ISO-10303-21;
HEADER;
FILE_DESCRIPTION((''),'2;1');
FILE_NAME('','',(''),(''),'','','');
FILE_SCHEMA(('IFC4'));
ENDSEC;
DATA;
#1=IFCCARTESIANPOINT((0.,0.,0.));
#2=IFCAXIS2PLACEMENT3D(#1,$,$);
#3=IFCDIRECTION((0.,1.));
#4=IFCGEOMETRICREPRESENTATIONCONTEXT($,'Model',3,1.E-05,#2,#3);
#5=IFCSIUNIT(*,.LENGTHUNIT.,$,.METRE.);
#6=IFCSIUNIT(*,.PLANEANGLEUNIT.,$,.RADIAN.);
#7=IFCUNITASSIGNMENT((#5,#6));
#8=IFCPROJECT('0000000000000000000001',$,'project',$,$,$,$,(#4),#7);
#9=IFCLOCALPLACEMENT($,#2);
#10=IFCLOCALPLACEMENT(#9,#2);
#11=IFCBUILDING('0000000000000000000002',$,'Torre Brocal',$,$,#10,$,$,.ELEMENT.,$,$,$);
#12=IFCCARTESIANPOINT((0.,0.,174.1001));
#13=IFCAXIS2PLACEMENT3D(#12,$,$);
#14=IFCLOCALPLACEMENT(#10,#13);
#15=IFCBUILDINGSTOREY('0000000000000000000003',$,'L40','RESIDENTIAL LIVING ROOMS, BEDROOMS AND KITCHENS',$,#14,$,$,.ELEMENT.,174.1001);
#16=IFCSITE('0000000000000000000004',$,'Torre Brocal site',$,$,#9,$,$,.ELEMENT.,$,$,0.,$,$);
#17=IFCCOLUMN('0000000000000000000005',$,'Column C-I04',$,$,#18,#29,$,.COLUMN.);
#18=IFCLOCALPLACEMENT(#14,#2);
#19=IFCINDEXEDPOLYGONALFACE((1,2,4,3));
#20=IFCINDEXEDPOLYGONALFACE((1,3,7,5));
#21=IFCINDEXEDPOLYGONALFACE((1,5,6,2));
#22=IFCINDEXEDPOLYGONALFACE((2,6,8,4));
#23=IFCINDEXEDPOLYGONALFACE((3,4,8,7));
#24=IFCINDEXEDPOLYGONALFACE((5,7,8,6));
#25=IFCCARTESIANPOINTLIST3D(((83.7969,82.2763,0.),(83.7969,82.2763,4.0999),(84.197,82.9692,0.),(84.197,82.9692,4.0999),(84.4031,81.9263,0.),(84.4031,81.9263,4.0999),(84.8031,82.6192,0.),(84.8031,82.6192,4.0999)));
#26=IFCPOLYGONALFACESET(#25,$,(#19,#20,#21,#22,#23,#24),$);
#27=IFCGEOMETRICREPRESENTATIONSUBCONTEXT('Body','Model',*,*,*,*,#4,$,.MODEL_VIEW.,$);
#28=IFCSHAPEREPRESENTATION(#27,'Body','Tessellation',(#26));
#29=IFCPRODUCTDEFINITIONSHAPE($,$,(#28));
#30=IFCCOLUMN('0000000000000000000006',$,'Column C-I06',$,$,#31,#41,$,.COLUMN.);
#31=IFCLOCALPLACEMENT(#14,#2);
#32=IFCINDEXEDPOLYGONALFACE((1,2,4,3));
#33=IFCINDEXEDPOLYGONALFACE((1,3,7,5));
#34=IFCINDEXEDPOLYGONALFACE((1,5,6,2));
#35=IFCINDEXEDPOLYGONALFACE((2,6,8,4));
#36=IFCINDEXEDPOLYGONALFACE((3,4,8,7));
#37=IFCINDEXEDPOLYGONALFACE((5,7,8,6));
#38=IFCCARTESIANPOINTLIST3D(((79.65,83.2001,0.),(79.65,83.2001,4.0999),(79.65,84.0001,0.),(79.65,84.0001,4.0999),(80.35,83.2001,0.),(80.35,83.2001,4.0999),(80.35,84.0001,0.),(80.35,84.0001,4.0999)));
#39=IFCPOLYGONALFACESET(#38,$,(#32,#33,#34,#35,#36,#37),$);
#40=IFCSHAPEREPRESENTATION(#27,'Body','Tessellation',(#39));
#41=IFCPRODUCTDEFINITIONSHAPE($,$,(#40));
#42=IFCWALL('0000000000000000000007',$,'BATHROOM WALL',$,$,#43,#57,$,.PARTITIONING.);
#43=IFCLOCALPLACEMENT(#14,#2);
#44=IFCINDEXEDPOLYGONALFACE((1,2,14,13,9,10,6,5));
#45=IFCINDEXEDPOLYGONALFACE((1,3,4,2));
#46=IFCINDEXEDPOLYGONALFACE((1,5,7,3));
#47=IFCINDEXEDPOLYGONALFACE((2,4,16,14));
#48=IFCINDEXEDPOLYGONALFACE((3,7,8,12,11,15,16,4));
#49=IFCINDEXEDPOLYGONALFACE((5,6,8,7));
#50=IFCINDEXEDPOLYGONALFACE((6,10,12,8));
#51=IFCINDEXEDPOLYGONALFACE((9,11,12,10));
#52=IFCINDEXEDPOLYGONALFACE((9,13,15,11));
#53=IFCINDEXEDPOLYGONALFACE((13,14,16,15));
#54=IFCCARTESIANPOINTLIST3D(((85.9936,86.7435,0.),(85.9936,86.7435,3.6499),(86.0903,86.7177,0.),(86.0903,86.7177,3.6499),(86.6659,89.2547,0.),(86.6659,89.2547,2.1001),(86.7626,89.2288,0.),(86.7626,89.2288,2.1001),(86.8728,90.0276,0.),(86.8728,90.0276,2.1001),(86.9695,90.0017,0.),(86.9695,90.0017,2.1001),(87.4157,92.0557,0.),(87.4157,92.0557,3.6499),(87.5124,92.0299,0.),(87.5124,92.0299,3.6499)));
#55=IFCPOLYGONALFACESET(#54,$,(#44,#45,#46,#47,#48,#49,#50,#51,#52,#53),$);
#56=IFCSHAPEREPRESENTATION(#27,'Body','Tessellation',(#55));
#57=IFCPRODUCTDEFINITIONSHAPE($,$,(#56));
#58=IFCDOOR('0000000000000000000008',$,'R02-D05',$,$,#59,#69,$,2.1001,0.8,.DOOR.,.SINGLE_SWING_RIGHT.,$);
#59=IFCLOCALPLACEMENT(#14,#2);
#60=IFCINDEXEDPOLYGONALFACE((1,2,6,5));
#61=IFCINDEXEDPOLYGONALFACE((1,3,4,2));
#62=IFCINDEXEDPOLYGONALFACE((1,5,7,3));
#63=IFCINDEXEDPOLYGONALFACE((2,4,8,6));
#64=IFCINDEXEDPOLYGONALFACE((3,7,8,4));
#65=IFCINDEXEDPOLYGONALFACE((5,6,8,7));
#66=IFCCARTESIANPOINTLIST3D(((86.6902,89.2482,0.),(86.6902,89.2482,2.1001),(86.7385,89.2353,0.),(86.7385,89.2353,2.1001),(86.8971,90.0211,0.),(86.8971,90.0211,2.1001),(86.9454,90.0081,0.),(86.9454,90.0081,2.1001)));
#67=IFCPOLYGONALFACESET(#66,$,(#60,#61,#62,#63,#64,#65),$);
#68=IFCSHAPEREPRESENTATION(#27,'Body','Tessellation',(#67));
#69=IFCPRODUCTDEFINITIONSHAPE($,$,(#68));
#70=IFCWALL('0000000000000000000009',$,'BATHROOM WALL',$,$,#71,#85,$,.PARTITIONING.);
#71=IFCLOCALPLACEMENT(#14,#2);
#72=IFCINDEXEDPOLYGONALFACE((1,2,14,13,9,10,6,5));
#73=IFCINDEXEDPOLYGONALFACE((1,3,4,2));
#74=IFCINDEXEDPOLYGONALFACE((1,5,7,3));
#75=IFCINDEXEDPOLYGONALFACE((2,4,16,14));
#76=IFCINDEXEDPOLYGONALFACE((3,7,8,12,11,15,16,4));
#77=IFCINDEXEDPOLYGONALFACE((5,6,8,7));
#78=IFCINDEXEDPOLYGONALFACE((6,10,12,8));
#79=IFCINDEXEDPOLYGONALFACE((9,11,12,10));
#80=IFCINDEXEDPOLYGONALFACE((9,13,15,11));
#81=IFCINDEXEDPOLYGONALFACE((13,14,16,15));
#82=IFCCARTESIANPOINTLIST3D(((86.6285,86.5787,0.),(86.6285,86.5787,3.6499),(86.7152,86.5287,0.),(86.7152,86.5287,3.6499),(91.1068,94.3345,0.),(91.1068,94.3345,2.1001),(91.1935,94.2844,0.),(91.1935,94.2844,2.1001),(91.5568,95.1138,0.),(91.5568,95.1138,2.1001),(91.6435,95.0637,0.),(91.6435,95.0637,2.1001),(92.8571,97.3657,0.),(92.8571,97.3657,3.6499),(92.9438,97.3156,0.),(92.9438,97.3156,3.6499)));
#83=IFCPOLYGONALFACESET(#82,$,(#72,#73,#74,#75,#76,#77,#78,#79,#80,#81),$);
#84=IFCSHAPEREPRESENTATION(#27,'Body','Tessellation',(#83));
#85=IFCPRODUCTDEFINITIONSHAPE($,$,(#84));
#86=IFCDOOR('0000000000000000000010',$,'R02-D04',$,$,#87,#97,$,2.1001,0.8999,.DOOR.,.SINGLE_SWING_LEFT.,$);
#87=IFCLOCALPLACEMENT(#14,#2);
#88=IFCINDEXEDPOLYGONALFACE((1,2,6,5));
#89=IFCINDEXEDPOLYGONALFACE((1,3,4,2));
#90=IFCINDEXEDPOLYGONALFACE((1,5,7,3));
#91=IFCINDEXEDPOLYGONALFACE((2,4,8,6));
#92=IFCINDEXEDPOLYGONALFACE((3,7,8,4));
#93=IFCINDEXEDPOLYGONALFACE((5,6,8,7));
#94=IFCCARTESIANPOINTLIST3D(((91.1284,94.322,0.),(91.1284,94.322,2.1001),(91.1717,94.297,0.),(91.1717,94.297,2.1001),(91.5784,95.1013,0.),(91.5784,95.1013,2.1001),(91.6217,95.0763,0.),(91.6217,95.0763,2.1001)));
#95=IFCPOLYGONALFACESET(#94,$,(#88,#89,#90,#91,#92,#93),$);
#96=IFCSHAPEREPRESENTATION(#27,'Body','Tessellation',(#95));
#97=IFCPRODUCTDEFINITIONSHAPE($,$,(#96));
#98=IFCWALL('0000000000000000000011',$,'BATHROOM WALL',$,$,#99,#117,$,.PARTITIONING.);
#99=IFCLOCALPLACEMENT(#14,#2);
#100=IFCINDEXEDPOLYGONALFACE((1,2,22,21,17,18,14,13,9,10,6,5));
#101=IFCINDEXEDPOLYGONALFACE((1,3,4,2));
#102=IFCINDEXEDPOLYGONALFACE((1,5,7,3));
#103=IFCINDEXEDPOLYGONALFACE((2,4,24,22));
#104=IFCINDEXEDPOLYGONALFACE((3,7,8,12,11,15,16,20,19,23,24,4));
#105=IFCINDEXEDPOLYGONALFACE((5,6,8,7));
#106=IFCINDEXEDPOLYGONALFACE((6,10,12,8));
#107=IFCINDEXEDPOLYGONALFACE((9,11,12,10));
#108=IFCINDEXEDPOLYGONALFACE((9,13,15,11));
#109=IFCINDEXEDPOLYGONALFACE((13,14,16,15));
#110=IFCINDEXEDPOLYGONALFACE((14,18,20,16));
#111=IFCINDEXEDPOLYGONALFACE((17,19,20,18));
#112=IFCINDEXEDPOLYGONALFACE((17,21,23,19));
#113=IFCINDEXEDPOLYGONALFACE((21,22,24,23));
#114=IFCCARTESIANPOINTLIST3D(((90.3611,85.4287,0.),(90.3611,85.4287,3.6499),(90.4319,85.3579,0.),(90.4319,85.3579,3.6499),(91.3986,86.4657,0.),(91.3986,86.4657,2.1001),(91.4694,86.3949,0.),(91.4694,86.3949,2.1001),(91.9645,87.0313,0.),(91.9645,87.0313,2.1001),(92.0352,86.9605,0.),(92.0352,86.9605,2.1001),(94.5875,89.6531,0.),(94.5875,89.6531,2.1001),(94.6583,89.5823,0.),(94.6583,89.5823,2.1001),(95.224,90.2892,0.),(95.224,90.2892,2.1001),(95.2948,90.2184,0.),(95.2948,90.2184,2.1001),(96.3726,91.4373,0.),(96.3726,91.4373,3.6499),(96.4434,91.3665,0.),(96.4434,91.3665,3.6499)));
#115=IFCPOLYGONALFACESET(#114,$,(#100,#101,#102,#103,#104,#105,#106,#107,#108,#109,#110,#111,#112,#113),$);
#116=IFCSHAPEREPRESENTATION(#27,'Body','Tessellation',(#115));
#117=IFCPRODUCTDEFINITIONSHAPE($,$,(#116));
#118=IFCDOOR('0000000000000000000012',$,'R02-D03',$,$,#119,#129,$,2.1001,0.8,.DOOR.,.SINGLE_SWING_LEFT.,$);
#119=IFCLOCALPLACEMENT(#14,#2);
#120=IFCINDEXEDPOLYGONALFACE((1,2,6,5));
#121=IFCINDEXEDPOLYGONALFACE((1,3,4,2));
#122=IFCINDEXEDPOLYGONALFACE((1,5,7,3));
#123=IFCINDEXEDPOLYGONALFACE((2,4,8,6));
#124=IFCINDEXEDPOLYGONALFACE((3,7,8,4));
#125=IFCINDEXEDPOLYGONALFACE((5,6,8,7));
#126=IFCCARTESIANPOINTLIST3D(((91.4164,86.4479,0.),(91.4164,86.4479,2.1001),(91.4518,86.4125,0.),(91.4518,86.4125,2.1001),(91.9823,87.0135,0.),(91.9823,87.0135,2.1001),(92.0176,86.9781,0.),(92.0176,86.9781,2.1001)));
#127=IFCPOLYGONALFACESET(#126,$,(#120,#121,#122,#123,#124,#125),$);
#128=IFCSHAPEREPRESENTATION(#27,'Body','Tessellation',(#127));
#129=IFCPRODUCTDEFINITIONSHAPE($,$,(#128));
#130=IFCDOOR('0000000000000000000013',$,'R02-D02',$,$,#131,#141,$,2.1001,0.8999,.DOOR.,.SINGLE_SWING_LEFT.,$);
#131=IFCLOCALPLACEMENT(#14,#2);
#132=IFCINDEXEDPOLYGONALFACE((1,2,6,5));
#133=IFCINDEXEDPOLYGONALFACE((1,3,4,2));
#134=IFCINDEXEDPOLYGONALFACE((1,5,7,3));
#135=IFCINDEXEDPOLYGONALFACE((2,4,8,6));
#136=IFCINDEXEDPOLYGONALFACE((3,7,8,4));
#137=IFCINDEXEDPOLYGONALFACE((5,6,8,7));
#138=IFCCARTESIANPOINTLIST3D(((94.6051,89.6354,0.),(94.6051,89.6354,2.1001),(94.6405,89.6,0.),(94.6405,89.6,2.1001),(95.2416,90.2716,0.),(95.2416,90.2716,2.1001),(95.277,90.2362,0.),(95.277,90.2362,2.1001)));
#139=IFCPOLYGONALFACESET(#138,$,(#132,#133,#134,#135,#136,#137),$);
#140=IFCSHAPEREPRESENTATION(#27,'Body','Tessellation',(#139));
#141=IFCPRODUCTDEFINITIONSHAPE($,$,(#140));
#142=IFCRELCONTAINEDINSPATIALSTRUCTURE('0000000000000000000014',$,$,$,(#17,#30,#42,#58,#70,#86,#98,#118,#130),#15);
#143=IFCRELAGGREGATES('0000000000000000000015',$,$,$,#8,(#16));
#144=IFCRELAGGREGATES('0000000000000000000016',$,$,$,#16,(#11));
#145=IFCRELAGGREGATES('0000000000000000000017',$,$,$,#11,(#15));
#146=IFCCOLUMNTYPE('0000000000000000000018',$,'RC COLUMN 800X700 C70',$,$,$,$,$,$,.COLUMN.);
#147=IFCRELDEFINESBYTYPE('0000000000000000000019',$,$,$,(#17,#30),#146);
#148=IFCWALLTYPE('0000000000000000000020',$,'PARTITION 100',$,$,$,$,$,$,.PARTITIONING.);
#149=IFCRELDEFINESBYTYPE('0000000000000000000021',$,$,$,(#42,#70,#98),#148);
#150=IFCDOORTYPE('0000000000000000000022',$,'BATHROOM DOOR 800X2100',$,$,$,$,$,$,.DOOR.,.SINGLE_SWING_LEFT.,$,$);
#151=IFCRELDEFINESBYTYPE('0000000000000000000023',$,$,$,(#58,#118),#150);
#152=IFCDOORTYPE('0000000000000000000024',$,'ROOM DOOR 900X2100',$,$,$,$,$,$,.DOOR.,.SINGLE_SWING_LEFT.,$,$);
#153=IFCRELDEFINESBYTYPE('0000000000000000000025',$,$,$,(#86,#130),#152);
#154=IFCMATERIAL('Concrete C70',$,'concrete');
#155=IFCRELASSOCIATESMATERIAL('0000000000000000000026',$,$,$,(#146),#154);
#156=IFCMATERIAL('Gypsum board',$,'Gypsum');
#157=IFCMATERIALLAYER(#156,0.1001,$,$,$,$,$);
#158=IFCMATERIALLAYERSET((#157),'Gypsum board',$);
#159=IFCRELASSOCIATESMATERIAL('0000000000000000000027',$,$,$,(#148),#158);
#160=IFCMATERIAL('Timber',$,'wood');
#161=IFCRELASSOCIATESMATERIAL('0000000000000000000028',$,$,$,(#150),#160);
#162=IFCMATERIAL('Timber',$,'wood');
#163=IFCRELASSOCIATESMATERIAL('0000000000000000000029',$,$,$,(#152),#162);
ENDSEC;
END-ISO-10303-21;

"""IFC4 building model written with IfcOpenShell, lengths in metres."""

from ifc_helpers import new_model, si_unit, direction, frame, frame_2d, origin, origin_2d, place, context, subcontext, project, spatial, rectangle, extrude, material, layer, layer_set, material_profile, profile_set, type_object, element, fill, save


model = new_model("IFC4")

# Units and contexts
model_context = context("Model", 3, precision=1e-05, world=origin(), true_north=direction((0.0, 1.0)))
body_context = subcontext(model_context, "Body", "Model", "MODEL_VIEW")
ifc_project = project(units=[si_unit("LENGTHUNIT", "METRE"), si_unit("PLANEANGLEUNIT", "RADIAN")], contexts=[model_context])

# Site, building, storey
site_placement = place(None, origin())
site = spatial("IfcSite", under=ifc_project, at=site_placement, Name="Torre Brocal site", CompositionType="ELEMENT", RefElevation=0.0)
building_placement = place(site_placement, origin())
building = spatial("IfcBuilding", under=site, at=building_placement, Name="Torre Brocal", CompositionType="ELEMENT")
storey_placement = place(building_placement, frame((0.0, 0.0, 174.1001)))
storey = spatial("IfcBuildingStorey", under=building, at=storey_placement, Name="L40", Description="RESIDENTIAL LIVING ROOMS, BEDROOMS AND KITCHENS", CompositionType="ELEMENT", Elevation=174.1001)

# Columns
ifc_material_1 = material(Name="Concrete C70", Category="concrete")
ifc_material_profile = material_profile(ifc_material_1, rectangle(XDim=0.8, YDim=0.7, at=origin_2d()), Name="RC 800X700")
ifc_profile_set = profile_set([ifc_material_profile], Name="Concrete C70")
column_type = type_object("IfcColumnType", Name="RC COLUMN 800X700 C70", PredefinedType="COLUMN", material=ifc_profile_set)
for number, where, z_axis, x_axis, name in (
    (1, (84.3, 82.4478, 0.0), (0.0, 0.0, 1.0), (0.5, 0.866025, 0.0), "Column C-I04"),
    (2, (80.0, 83.6001, 0.0), (0.0, 0.0, 1.0), (0.0, 1.0, 0.0), "Column C-I06"),
):
    element("IfcColumn", number, at=place(storey_placement, frame(where, z_axis=z_axis, x_axis=x_axis)), inside=storey, type_object=column_type, Name=name, PredefinedType="COLUMN", context=body_context, shape_type="SweptSolid", body=[
        extrude(rectangle(XDim=0.8, YDim=0.7, at=origin_2d()), origin(), (0.0, 0.0, 1.0), 4.0999),
    ])

# Walls, openings, doors
ifc_material_2 = material(Name="Gypsum board", Category="Gypsum")
ifc_layer_1 = layer(ifc_material_2, 0.1001)
ifc_layer_set_1 = layer_set([ifc_layer_1], Name="Gypsum board")
wall_type_1 = type_object("IfcWallType", Name="PARTITION 100", PredefinedType="PARTITIONING", material=ifc_layer_set_1)
wall_1_placement = place(storey_placement, frame((86.042, 86.7307, 0.0), z_axis=(0.0, 0.0, 1.0), x_axis=(0.258599, 0.965985, 0.0)))
wall_1 = element("IfcWall", 3, at=wall_1_placement, inside=storey, type_object=wall_type_1, Name="BATHROOM WALL", PredefinedType="PARTITIONING", context=body_context, shape_type="SweptSolid", body=[
    extrude(rectangle(XDim=5.4993, YDim=0.1001, at=frame_2d((2.7495, 0.0))), origin(), (0.0, 0.0, 1.0), 3.6499),
])
opening_1_placement = place(wall_1_placement, frame((2.5996, 0.0, 0.0)))
opening_1 = element("IfcOpeningElement", 4, at=opening_1_placement, cuts=wall_1, PredefinedType="OPENING", context=body_context, shape_type="SweptSolid", body=[
    extrude(rectangle(XDim=0.8, YDim=2.1001, at=frame_2d((0.3999, 1.05))), frame((0.0, 0.0601, 0.0), z_axis=(0.0, -1.0, 0.0), x_axis=(1.0, 0.0, 0.0)), (0.0, 0.0, 1.0), 0.1201),
])
ifc_material_3 = material(Name="Timber", Category="wood")
door_type_1 = type_object("IfcDoorType", Name="BATHROOM DOOR 800X2100", OperationType="SINGLE_SWING_LEFT", PredefinedType="DOOR", material=ifc_material_3)
door_1_placement = place(opening_1_placement, origin())
door_1 = element("IfcDoor", 5, at=door_1_placement, inside=storey, type_object=door_type_1, Name="R02-D05", OperationType="SINGLE_SWING_RIGHT", OverallHeight=2.1001, OverallWidth=0.8, PredefinedType="DOOR", context=body_context, shape_type="SweptSolid", body=[
    extrude(rectangle(XDim=0.8, YDim=2.1001, at=frame_2d((0.3999, 1.05))), frame((0.0, 0.0249, 0.0), z_axis=(0.0, -1.0, 0.0), x_axis=(1.0, 0.0, 0.0)), (0.0, 0.0, 1.0), 0.05),
])
fill(opening_1, door_1)
wall_2_placement = place(storey_placement, frame((86.6719, 86.5537, 0.0), z_axis=(0.0, 0.0, 1.0), x_axis=(0.500043, 0.866001, 0.0)))
wall_2 = element("IfcWall", 6, at=wall_2_placement, inside=storey, type_object=wall_type_1, Name="BATHROOM WALL", PredefinedType="PARTITIONING", context=body_context, shape_type="SweptSolid", body=[
    extrude(rectangle(XDim=12.4561, YDim=0.1001, at=frame_2d((6.228, 0.0))), origin(), (0.0, 0.0, 1.0), 3.6499),
])
opening_2_placement = place(wall_2_placement, frame((8.9558, 0.0, 0.0)))
opening_2 = element("IfcOpeningElement", 7, at=opening_2_placement, cuts=wall_2, PredefinedType="OPENING", context=body_context, shape_type="SweptSolid", body=[
    extrude(rectangle(XDim=0.8999, YDim=2.1001, at=frame_2d((0.45, 1.05))), frame((0.0, 0.0601, 0.0), z_axis=(0.0, -1.0, 0.0), x_axis=(1.0, 0.0, 0.0)), (0.0, 0.0, 1.0), 0.1201),
])
ifc_material_4 = material(Name="Timber", Category="wood")
door_type_2 = type_object("IfcDoorType", Name="ROOM DOOR 900X2100", OperationType="SINGLE_SWING_LEFT", PredefinedType="DOOR", material=ifc_material_4)
door_2_placement = place(opening_2_placement, frame((0.8999, 0.0, 0.0), z_axis=(0.0, 0.0, 1.0), x_axis=(-1.0, 0.0, 0.0)))
door_2 = element("IfcDoor", 8, at=door_2_placement, inside=storey, type_object=door_type_2, Name="R02-D04", OperationType="SINGLE_SWING_LEFT", OverallHeight=2.1001, OverallWidth=0.8999, PredefinedType="DOOR", context=body_context, shape_type="SweptSolid", body=[
    extrude(rectangle(XDim=0.8999, YDim=2.1001, at=frame_2d((0.45, 1.05))), frame((0.0, 0.0249, 0.0), z_axis=(0.0, -1.0, 0.0), x_axis=(1.0, 0.0, 0.0)), (0.0, 0.0, 1.0), 0.05),
])
fill(opening_2, door_2)

# Wall, openings, doors
wall_3_placement = place(storey_placement, frame((90.3965, 85.3933, 0.0), z_axis=(0.0, 0.0, 1.0), x_axis=(0.707279, 0.706934, 0.0)))
wall_3 = element("IfcWall", 9, at=wall_3_placement, inside=storey, type_object=wall_type_1, Name="BATHROOM WALL", PredefinedType="PARTITIONING", context=body_context, shape_type="SweptSolid", body=[
    extrude(rectangle(XDim=8.4995, YDim=0.1001, at=frame_2d((4.2498, 0.0))), origin(), (0.0, 0.0, 1.0), 3.6499),
])
opening_3_placement = place(wall_3_placement, frame((5.9756, 0.0, 0.0)))
opening_3 = element("IfcOpeningElement", 10, at=opening_3_placement, cuts=wall_3, PredefinedType="OPENING", context=body_context, shape_type="SweptSolid", body=[
    extrude(rectangle(XDim=0.8999, YDim=2.1001, at=frame_2d((0.45, 1.05))), frame((0.0, 0.0601, 0.0), z_axis=(0.0, -1.0, 0.0), x_axis=(1.0, 0.0, 0.0)), (0.0, 0.0, 1.0), 0.1201),
])
opening_4_placement = place(wall_3_placement, frame((1.467, 0.0, 0.0)))
opening_4 = element("IfcOpeningElement", 11, at=opening_4_placement, cuts=wall_3, PredefinedType="OPENING", context=body_context, shape_type="SweptSolid", body=[
    extrude(rectangle(XDim=0.8, YDim=2.1001, at=frame_2d((0.3999, 1.05))), frame((0.0, 0.0601, 0.0), z_axis=(0.0, -1.0, 0.0), x_axis=(1.0, 0.0, 0.0)), (0.0, 0.0, 1.0), 0.1201),
])
door_3_placement = place(opening_4_placement, origin())
door_3 = element("IfcDoor", 12, at=door_3_placement, inside=storey, type_object=door_type_1, Name="R02-D03", OperationType="SINGLE_SWING_LEFT", OverallHeight=2.1001, OverallWidth=0.8, PredefinedType="DOOR", context=body_context, shape_type="SweptSolid", body=[
    extrude(rectangle(XDim=0.8, YDim=2.1001, at=frame_2d((0.3999, 1.05))), frame((0.0, 0.0249, 0.0), z_axis=(0.0, -1.0, 0.0), x_axis=(1.0, 0.0, 0.0)), (0.0, 0.0, 1.0), 0.05),
])
fill(opening_4, door_3)
door_4_placement = place(opening_3_placement, frame((0.8999, 0.0, 0.0), z_axis=(0.0, 0.0, 1.0), x_axis=(-1.0, 0.0, 0.0)))
door_4 = element("IfcDoor", 13, at=door_4_placement, inside=storey, type_object=door_type_2, Name="R02-D02", OperationType="SINGLE_SWING_LEFT", OverallHeight=2.1001, OverallWidth=0.8999, PredefinedType="DOOR", context=body_context, shape_type="SweptSolid", body=[
    extrude(rectangle(XDim=0.8999, YDim=2.1001, at=frame_2d((0.45, 1.05))), frame((0.0, 0.0249, 0.0), z_axis=(0.0, -1.0, 0.0), x_axis=(1.0, 0.0, 0.0)), (0.0, 0.0, 1.0), 0.05),
])
fill(opening_3, door_4)

save(model, "model.ifc")
